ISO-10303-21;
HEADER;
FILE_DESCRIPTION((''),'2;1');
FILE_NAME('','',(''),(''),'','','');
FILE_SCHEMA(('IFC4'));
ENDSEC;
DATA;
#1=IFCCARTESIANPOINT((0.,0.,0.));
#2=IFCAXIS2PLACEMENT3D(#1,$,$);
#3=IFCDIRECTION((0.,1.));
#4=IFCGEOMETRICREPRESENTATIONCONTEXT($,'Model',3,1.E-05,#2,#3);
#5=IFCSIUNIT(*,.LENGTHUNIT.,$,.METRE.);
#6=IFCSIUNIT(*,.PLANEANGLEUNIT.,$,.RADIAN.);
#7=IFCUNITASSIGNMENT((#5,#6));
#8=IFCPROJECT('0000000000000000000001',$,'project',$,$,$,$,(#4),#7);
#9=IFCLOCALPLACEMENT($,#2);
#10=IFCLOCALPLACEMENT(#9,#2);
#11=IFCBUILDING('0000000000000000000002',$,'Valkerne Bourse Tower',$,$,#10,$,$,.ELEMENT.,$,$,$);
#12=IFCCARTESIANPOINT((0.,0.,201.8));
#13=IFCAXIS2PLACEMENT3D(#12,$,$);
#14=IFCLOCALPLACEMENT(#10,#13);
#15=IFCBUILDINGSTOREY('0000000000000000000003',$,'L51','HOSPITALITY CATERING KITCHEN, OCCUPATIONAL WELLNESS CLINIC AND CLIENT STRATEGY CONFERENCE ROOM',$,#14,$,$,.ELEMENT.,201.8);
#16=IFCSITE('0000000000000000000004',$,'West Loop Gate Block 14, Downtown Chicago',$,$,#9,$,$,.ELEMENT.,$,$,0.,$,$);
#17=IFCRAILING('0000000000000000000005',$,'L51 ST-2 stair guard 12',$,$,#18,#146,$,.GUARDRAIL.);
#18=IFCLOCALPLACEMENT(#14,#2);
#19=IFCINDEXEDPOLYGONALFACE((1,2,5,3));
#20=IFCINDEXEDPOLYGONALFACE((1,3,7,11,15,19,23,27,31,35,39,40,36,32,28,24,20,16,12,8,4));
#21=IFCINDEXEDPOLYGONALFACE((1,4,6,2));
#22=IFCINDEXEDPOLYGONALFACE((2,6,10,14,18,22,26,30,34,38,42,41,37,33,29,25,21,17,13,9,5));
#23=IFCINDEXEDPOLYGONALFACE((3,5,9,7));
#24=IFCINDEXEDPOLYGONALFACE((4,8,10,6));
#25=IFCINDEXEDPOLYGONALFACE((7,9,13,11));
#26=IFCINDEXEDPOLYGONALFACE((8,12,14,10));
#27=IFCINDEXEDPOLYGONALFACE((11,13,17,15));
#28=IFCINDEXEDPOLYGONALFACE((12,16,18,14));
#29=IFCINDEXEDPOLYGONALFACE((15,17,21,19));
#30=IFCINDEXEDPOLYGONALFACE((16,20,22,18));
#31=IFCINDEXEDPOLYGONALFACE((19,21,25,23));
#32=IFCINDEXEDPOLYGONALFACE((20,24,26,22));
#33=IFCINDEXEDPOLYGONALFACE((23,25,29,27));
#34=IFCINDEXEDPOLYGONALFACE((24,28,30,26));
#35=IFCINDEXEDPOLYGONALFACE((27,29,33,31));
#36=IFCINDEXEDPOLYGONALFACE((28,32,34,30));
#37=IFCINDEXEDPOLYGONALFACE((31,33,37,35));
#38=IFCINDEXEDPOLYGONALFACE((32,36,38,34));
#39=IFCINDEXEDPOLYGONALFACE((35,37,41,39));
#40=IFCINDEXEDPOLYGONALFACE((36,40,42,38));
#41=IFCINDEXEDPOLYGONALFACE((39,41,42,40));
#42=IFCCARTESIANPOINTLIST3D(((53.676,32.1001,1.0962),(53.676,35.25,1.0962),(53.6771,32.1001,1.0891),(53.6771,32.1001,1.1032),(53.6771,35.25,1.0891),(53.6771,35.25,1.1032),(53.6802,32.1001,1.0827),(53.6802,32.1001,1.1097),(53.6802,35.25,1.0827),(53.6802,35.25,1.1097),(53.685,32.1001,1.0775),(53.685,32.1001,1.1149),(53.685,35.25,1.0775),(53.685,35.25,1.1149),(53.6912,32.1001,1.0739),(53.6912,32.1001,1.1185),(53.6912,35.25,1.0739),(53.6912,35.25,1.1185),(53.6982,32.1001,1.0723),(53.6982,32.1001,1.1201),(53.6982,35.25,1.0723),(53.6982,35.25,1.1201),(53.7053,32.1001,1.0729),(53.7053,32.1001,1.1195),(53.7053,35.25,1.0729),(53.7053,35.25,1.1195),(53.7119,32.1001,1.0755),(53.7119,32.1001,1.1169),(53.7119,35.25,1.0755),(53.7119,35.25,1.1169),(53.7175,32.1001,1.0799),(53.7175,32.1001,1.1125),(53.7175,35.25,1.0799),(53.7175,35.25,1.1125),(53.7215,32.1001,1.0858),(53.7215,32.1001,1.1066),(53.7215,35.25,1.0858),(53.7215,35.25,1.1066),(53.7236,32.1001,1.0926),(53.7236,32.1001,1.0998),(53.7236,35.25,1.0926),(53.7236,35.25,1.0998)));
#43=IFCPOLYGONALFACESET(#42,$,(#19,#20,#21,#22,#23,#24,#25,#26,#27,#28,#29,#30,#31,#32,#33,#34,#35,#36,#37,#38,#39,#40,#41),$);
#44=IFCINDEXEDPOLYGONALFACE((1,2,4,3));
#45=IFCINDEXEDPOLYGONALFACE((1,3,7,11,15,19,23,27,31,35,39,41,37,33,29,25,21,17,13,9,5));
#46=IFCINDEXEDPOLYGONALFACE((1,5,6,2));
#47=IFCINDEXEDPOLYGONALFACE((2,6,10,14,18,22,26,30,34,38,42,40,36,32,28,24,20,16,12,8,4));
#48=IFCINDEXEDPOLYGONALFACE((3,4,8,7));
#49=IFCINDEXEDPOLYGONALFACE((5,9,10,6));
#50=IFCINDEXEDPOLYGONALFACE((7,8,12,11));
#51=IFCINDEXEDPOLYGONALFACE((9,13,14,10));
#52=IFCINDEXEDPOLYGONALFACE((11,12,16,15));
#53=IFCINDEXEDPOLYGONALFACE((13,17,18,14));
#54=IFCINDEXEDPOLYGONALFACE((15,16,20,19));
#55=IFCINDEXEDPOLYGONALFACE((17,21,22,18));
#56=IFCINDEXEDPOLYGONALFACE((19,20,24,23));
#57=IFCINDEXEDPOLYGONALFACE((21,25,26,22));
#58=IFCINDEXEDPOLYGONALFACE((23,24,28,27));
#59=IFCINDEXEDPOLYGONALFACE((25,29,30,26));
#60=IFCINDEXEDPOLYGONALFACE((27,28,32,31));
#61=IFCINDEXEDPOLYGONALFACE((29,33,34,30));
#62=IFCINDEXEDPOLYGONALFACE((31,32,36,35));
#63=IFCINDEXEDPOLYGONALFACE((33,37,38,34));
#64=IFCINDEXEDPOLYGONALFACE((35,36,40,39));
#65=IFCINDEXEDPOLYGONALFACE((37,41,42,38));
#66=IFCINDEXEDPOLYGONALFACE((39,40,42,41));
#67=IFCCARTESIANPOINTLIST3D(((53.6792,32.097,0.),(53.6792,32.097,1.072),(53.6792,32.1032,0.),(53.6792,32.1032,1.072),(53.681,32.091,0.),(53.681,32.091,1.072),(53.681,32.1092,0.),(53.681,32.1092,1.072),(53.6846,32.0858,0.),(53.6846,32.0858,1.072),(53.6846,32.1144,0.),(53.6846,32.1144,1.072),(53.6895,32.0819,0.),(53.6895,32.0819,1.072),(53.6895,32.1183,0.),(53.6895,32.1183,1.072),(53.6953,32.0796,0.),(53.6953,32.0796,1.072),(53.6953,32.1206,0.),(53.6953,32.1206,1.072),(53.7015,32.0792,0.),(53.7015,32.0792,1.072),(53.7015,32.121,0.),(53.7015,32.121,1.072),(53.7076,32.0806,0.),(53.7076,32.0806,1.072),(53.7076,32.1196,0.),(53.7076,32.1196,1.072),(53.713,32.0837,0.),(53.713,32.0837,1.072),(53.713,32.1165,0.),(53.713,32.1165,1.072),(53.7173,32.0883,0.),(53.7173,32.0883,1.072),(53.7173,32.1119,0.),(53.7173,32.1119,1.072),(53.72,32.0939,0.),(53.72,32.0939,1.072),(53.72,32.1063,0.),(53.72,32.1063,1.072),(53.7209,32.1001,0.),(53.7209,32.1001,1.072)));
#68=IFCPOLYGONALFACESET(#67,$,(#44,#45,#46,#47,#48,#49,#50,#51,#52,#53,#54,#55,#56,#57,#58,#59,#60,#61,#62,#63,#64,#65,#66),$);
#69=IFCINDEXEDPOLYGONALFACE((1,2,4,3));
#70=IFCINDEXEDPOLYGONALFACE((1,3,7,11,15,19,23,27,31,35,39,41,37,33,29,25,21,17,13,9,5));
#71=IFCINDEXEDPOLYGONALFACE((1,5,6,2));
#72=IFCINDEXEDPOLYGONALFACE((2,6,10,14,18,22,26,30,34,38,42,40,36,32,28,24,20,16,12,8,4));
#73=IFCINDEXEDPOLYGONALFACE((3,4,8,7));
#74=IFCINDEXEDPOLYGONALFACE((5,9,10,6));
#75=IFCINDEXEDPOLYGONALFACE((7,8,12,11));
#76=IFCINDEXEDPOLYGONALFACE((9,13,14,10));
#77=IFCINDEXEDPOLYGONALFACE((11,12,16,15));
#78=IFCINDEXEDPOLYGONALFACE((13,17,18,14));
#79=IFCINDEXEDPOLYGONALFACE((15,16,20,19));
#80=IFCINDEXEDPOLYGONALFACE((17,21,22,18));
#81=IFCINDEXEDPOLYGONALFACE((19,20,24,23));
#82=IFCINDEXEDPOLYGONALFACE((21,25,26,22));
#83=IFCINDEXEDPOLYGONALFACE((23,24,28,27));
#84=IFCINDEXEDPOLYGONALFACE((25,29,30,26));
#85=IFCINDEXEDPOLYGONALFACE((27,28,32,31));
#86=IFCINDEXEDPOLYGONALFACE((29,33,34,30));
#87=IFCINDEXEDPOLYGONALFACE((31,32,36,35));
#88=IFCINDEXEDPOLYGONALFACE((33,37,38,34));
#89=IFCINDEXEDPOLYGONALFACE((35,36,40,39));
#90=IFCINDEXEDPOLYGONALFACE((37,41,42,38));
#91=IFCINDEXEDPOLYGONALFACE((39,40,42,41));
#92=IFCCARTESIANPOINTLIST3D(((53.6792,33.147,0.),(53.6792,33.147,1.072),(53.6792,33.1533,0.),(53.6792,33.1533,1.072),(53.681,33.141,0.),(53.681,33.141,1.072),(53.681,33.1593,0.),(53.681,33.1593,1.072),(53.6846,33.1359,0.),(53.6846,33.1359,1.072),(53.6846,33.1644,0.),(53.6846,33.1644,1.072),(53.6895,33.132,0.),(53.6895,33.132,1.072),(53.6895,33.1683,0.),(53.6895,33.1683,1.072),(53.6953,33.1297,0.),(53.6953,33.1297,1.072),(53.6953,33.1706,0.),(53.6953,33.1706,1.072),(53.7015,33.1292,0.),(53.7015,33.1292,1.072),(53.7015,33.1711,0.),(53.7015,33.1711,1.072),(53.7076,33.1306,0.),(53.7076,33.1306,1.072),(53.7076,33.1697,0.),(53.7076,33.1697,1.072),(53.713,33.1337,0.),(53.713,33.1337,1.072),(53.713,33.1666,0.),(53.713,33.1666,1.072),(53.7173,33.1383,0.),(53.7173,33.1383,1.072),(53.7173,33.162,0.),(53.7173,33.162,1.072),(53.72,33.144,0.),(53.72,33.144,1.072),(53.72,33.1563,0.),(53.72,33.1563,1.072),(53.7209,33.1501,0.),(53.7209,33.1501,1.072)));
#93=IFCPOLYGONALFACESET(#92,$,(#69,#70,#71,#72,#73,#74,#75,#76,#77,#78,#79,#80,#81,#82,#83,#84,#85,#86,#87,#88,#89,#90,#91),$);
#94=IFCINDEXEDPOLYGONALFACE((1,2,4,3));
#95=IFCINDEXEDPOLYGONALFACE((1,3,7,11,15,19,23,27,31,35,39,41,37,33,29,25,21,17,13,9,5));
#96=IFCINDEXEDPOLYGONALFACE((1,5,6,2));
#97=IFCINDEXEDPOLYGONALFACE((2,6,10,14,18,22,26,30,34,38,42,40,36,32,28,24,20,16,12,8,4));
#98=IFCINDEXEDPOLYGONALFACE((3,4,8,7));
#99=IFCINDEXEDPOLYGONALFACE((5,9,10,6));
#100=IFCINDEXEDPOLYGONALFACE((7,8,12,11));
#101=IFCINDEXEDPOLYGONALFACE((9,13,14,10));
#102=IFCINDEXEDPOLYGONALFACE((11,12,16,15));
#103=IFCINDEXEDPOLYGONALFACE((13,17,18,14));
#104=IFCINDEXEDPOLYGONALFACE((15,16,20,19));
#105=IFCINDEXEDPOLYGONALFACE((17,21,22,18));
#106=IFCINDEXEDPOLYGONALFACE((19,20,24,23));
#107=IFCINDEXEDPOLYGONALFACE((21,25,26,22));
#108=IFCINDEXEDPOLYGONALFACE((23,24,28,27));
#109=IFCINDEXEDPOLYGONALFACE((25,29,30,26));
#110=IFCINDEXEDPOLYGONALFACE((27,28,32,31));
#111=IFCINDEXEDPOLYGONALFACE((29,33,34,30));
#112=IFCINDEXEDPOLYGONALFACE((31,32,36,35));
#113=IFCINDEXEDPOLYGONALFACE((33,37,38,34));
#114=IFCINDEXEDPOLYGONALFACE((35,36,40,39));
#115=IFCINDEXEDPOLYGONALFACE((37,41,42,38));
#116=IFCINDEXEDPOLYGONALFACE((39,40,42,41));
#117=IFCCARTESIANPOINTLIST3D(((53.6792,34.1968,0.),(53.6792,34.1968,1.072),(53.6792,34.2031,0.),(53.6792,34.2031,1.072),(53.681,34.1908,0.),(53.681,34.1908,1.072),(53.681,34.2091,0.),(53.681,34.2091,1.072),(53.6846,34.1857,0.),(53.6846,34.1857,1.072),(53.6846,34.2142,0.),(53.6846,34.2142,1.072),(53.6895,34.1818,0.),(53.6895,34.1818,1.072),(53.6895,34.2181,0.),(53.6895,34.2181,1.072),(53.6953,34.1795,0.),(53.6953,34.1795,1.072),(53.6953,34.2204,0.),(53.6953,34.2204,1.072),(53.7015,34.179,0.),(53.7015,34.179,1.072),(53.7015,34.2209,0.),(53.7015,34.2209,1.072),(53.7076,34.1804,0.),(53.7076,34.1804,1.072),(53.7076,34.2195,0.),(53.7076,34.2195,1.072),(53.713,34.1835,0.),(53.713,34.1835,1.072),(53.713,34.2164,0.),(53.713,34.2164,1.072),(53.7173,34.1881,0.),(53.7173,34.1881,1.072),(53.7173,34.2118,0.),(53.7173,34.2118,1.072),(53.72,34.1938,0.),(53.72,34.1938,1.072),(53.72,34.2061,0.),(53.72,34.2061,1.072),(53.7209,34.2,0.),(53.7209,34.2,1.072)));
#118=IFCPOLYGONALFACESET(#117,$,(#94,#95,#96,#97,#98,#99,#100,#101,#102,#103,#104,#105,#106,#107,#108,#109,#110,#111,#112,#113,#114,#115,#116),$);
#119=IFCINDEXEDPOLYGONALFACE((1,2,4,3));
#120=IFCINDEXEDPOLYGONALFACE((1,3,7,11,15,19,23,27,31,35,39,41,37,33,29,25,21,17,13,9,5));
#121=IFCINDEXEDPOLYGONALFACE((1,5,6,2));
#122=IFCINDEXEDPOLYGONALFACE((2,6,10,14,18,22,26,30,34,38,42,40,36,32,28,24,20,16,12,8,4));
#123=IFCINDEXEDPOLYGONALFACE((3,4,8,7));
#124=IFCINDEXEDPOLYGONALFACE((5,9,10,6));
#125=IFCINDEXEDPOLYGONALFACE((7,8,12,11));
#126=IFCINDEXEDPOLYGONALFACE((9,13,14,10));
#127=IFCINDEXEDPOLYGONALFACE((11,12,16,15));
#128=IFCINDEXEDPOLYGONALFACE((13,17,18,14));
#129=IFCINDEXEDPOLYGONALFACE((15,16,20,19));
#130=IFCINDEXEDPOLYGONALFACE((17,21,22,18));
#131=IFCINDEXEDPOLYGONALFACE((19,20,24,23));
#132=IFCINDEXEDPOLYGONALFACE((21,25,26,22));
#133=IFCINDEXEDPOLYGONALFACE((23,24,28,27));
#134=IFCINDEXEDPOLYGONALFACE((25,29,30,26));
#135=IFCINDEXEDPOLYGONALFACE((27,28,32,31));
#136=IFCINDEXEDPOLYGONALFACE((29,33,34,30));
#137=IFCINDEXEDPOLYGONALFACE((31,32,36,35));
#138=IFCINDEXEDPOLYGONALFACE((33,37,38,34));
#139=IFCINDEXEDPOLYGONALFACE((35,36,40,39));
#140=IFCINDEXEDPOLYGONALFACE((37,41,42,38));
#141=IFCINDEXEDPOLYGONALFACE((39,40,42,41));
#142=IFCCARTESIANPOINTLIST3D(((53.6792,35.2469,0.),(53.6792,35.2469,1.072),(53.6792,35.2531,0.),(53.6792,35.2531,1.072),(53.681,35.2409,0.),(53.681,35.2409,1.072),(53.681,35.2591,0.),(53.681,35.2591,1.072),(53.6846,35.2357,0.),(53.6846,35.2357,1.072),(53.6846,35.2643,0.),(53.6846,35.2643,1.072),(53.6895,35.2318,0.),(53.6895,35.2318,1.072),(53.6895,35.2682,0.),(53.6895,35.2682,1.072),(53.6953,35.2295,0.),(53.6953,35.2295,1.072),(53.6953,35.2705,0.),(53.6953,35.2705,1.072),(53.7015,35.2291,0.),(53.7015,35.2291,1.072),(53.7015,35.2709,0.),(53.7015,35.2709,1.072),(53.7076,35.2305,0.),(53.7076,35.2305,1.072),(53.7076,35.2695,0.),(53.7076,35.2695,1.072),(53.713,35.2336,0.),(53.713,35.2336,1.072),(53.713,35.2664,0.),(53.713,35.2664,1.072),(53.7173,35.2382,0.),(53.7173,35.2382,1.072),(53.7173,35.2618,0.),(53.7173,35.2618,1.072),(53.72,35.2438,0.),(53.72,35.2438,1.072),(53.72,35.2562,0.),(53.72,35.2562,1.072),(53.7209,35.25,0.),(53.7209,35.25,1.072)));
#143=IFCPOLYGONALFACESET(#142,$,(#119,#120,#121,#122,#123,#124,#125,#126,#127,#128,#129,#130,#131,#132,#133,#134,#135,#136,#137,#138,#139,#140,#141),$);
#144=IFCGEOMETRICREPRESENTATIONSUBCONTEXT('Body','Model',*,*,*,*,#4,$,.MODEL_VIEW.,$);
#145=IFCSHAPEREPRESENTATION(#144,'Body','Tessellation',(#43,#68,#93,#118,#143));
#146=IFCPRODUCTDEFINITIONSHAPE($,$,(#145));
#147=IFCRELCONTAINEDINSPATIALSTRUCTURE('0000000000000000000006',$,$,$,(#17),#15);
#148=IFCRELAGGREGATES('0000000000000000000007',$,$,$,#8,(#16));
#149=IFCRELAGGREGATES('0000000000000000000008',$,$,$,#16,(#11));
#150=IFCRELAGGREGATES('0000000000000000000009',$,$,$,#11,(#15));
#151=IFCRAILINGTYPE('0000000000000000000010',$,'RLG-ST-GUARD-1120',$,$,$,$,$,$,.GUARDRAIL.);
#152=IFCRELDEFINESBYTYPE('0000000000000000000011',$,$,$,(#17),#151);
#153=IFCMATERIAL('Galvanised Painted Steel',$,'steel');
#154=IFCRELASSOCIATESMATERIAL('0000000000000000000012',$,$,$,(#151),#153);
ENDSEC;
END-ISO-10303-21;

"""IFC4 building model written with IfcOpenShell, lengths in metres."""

from ifc_helpers import new_model, si_unit, direction, frame, origin, origin_2d, place, context, subcontext, project, spatial, circle, extrude, material, type_object, element, save


model = new_model("IFC4")

# Units and contexts
model_context = context("Model", 3, precision=1e-05, world=origin(), true_north=direction((0.0, 1.0)))
body_context = subcontext(model_context, "Body", "Model", "MODEL_VIEW")
ifc_project = project(units=[si_unit("LENGTHUNIT", "METRE"), si_unit("PLANEANGLEUNIT", "RADIAN")], contexts=[model_context])

# Site, building, storey
site_placement = place(None, origin())
site = spatial("IfcSite", under=ifc_project, at=site_placement, Name="West Loop Gate Block 14, Downtown Chicago", CompositionType="ELEMENT", RefElevation=0.0)
building_placement = place(site_placement, origin())
building = spatial("IfcBuilding", under=site, at=building_placement, Name="Valkerne Bourse Tower", CompositionType="ELEMENT")
storey_placement = place(building_placement, frame((0.0, 0.0, 201.8)))
storey = spatial("IfcBuildingStorey", under=building, at=storey_placement, Name="L51", Description="HOSPITALITY CATERING KITCHEN, OCCUPATIONAL WELLNESS CLINIC AND CLIENT STRATEGY CONFERENCE ROOM", CompositionType="ELEMENT", Elevation=201.8)

# Railing
ifc_material_1 = material(Name="Galvanised Painted Steel", Category="steel")
railing_type = type_object("IfcRailingType", Name="RLG-ST-GUARD-1120", PredefinedType="GUARDRAIL", material=ifc_material_1)
railing_1_placement = place(storey_placement, frame((53.7, 32.1001, 0.0)))
element("IfcRailing", 1, at=railing_1_placement, inside=storey, type_object=railing_type, Name="L51 ST-2 stair guard 12", PredefinedType="GUARDRAIL", context=body_context, shape_type="SweptSolid", body=[
    extrude(circle(Radius=0.0239, at=origin_2d()), frame((0.0, 0.0, 1.0962), z_axis=(0.0, 1.0, 0.0), x_axis=(-1.0, 0.0, 0.0)), (0.0, 0.0, 1.0), 3.1499),
    extrude(circle(Radius=0.021, at=origin_2d()), origin(), (0.0, 0.0, 1.0), 1.072),
    extrude(circle(Radius=0.021, at=origin_2d()), frame((0.0, 1.05, 0.0)), (0.0, 0.0, 1.0), 1.072),
    extrude(circle(Radius=0.021, at=origin_2d()), frame((0.0, 2.0999, 0.0)), (0.0, 0.0, 1.0), 1.072),
    extrude(circle(Radius=0.021, at=origin_2d()), frame((0.0, 3.1499, 0.0)), (0.0, 0.0, 1.0), 1.072),
])

save(model, "model.ifc")
